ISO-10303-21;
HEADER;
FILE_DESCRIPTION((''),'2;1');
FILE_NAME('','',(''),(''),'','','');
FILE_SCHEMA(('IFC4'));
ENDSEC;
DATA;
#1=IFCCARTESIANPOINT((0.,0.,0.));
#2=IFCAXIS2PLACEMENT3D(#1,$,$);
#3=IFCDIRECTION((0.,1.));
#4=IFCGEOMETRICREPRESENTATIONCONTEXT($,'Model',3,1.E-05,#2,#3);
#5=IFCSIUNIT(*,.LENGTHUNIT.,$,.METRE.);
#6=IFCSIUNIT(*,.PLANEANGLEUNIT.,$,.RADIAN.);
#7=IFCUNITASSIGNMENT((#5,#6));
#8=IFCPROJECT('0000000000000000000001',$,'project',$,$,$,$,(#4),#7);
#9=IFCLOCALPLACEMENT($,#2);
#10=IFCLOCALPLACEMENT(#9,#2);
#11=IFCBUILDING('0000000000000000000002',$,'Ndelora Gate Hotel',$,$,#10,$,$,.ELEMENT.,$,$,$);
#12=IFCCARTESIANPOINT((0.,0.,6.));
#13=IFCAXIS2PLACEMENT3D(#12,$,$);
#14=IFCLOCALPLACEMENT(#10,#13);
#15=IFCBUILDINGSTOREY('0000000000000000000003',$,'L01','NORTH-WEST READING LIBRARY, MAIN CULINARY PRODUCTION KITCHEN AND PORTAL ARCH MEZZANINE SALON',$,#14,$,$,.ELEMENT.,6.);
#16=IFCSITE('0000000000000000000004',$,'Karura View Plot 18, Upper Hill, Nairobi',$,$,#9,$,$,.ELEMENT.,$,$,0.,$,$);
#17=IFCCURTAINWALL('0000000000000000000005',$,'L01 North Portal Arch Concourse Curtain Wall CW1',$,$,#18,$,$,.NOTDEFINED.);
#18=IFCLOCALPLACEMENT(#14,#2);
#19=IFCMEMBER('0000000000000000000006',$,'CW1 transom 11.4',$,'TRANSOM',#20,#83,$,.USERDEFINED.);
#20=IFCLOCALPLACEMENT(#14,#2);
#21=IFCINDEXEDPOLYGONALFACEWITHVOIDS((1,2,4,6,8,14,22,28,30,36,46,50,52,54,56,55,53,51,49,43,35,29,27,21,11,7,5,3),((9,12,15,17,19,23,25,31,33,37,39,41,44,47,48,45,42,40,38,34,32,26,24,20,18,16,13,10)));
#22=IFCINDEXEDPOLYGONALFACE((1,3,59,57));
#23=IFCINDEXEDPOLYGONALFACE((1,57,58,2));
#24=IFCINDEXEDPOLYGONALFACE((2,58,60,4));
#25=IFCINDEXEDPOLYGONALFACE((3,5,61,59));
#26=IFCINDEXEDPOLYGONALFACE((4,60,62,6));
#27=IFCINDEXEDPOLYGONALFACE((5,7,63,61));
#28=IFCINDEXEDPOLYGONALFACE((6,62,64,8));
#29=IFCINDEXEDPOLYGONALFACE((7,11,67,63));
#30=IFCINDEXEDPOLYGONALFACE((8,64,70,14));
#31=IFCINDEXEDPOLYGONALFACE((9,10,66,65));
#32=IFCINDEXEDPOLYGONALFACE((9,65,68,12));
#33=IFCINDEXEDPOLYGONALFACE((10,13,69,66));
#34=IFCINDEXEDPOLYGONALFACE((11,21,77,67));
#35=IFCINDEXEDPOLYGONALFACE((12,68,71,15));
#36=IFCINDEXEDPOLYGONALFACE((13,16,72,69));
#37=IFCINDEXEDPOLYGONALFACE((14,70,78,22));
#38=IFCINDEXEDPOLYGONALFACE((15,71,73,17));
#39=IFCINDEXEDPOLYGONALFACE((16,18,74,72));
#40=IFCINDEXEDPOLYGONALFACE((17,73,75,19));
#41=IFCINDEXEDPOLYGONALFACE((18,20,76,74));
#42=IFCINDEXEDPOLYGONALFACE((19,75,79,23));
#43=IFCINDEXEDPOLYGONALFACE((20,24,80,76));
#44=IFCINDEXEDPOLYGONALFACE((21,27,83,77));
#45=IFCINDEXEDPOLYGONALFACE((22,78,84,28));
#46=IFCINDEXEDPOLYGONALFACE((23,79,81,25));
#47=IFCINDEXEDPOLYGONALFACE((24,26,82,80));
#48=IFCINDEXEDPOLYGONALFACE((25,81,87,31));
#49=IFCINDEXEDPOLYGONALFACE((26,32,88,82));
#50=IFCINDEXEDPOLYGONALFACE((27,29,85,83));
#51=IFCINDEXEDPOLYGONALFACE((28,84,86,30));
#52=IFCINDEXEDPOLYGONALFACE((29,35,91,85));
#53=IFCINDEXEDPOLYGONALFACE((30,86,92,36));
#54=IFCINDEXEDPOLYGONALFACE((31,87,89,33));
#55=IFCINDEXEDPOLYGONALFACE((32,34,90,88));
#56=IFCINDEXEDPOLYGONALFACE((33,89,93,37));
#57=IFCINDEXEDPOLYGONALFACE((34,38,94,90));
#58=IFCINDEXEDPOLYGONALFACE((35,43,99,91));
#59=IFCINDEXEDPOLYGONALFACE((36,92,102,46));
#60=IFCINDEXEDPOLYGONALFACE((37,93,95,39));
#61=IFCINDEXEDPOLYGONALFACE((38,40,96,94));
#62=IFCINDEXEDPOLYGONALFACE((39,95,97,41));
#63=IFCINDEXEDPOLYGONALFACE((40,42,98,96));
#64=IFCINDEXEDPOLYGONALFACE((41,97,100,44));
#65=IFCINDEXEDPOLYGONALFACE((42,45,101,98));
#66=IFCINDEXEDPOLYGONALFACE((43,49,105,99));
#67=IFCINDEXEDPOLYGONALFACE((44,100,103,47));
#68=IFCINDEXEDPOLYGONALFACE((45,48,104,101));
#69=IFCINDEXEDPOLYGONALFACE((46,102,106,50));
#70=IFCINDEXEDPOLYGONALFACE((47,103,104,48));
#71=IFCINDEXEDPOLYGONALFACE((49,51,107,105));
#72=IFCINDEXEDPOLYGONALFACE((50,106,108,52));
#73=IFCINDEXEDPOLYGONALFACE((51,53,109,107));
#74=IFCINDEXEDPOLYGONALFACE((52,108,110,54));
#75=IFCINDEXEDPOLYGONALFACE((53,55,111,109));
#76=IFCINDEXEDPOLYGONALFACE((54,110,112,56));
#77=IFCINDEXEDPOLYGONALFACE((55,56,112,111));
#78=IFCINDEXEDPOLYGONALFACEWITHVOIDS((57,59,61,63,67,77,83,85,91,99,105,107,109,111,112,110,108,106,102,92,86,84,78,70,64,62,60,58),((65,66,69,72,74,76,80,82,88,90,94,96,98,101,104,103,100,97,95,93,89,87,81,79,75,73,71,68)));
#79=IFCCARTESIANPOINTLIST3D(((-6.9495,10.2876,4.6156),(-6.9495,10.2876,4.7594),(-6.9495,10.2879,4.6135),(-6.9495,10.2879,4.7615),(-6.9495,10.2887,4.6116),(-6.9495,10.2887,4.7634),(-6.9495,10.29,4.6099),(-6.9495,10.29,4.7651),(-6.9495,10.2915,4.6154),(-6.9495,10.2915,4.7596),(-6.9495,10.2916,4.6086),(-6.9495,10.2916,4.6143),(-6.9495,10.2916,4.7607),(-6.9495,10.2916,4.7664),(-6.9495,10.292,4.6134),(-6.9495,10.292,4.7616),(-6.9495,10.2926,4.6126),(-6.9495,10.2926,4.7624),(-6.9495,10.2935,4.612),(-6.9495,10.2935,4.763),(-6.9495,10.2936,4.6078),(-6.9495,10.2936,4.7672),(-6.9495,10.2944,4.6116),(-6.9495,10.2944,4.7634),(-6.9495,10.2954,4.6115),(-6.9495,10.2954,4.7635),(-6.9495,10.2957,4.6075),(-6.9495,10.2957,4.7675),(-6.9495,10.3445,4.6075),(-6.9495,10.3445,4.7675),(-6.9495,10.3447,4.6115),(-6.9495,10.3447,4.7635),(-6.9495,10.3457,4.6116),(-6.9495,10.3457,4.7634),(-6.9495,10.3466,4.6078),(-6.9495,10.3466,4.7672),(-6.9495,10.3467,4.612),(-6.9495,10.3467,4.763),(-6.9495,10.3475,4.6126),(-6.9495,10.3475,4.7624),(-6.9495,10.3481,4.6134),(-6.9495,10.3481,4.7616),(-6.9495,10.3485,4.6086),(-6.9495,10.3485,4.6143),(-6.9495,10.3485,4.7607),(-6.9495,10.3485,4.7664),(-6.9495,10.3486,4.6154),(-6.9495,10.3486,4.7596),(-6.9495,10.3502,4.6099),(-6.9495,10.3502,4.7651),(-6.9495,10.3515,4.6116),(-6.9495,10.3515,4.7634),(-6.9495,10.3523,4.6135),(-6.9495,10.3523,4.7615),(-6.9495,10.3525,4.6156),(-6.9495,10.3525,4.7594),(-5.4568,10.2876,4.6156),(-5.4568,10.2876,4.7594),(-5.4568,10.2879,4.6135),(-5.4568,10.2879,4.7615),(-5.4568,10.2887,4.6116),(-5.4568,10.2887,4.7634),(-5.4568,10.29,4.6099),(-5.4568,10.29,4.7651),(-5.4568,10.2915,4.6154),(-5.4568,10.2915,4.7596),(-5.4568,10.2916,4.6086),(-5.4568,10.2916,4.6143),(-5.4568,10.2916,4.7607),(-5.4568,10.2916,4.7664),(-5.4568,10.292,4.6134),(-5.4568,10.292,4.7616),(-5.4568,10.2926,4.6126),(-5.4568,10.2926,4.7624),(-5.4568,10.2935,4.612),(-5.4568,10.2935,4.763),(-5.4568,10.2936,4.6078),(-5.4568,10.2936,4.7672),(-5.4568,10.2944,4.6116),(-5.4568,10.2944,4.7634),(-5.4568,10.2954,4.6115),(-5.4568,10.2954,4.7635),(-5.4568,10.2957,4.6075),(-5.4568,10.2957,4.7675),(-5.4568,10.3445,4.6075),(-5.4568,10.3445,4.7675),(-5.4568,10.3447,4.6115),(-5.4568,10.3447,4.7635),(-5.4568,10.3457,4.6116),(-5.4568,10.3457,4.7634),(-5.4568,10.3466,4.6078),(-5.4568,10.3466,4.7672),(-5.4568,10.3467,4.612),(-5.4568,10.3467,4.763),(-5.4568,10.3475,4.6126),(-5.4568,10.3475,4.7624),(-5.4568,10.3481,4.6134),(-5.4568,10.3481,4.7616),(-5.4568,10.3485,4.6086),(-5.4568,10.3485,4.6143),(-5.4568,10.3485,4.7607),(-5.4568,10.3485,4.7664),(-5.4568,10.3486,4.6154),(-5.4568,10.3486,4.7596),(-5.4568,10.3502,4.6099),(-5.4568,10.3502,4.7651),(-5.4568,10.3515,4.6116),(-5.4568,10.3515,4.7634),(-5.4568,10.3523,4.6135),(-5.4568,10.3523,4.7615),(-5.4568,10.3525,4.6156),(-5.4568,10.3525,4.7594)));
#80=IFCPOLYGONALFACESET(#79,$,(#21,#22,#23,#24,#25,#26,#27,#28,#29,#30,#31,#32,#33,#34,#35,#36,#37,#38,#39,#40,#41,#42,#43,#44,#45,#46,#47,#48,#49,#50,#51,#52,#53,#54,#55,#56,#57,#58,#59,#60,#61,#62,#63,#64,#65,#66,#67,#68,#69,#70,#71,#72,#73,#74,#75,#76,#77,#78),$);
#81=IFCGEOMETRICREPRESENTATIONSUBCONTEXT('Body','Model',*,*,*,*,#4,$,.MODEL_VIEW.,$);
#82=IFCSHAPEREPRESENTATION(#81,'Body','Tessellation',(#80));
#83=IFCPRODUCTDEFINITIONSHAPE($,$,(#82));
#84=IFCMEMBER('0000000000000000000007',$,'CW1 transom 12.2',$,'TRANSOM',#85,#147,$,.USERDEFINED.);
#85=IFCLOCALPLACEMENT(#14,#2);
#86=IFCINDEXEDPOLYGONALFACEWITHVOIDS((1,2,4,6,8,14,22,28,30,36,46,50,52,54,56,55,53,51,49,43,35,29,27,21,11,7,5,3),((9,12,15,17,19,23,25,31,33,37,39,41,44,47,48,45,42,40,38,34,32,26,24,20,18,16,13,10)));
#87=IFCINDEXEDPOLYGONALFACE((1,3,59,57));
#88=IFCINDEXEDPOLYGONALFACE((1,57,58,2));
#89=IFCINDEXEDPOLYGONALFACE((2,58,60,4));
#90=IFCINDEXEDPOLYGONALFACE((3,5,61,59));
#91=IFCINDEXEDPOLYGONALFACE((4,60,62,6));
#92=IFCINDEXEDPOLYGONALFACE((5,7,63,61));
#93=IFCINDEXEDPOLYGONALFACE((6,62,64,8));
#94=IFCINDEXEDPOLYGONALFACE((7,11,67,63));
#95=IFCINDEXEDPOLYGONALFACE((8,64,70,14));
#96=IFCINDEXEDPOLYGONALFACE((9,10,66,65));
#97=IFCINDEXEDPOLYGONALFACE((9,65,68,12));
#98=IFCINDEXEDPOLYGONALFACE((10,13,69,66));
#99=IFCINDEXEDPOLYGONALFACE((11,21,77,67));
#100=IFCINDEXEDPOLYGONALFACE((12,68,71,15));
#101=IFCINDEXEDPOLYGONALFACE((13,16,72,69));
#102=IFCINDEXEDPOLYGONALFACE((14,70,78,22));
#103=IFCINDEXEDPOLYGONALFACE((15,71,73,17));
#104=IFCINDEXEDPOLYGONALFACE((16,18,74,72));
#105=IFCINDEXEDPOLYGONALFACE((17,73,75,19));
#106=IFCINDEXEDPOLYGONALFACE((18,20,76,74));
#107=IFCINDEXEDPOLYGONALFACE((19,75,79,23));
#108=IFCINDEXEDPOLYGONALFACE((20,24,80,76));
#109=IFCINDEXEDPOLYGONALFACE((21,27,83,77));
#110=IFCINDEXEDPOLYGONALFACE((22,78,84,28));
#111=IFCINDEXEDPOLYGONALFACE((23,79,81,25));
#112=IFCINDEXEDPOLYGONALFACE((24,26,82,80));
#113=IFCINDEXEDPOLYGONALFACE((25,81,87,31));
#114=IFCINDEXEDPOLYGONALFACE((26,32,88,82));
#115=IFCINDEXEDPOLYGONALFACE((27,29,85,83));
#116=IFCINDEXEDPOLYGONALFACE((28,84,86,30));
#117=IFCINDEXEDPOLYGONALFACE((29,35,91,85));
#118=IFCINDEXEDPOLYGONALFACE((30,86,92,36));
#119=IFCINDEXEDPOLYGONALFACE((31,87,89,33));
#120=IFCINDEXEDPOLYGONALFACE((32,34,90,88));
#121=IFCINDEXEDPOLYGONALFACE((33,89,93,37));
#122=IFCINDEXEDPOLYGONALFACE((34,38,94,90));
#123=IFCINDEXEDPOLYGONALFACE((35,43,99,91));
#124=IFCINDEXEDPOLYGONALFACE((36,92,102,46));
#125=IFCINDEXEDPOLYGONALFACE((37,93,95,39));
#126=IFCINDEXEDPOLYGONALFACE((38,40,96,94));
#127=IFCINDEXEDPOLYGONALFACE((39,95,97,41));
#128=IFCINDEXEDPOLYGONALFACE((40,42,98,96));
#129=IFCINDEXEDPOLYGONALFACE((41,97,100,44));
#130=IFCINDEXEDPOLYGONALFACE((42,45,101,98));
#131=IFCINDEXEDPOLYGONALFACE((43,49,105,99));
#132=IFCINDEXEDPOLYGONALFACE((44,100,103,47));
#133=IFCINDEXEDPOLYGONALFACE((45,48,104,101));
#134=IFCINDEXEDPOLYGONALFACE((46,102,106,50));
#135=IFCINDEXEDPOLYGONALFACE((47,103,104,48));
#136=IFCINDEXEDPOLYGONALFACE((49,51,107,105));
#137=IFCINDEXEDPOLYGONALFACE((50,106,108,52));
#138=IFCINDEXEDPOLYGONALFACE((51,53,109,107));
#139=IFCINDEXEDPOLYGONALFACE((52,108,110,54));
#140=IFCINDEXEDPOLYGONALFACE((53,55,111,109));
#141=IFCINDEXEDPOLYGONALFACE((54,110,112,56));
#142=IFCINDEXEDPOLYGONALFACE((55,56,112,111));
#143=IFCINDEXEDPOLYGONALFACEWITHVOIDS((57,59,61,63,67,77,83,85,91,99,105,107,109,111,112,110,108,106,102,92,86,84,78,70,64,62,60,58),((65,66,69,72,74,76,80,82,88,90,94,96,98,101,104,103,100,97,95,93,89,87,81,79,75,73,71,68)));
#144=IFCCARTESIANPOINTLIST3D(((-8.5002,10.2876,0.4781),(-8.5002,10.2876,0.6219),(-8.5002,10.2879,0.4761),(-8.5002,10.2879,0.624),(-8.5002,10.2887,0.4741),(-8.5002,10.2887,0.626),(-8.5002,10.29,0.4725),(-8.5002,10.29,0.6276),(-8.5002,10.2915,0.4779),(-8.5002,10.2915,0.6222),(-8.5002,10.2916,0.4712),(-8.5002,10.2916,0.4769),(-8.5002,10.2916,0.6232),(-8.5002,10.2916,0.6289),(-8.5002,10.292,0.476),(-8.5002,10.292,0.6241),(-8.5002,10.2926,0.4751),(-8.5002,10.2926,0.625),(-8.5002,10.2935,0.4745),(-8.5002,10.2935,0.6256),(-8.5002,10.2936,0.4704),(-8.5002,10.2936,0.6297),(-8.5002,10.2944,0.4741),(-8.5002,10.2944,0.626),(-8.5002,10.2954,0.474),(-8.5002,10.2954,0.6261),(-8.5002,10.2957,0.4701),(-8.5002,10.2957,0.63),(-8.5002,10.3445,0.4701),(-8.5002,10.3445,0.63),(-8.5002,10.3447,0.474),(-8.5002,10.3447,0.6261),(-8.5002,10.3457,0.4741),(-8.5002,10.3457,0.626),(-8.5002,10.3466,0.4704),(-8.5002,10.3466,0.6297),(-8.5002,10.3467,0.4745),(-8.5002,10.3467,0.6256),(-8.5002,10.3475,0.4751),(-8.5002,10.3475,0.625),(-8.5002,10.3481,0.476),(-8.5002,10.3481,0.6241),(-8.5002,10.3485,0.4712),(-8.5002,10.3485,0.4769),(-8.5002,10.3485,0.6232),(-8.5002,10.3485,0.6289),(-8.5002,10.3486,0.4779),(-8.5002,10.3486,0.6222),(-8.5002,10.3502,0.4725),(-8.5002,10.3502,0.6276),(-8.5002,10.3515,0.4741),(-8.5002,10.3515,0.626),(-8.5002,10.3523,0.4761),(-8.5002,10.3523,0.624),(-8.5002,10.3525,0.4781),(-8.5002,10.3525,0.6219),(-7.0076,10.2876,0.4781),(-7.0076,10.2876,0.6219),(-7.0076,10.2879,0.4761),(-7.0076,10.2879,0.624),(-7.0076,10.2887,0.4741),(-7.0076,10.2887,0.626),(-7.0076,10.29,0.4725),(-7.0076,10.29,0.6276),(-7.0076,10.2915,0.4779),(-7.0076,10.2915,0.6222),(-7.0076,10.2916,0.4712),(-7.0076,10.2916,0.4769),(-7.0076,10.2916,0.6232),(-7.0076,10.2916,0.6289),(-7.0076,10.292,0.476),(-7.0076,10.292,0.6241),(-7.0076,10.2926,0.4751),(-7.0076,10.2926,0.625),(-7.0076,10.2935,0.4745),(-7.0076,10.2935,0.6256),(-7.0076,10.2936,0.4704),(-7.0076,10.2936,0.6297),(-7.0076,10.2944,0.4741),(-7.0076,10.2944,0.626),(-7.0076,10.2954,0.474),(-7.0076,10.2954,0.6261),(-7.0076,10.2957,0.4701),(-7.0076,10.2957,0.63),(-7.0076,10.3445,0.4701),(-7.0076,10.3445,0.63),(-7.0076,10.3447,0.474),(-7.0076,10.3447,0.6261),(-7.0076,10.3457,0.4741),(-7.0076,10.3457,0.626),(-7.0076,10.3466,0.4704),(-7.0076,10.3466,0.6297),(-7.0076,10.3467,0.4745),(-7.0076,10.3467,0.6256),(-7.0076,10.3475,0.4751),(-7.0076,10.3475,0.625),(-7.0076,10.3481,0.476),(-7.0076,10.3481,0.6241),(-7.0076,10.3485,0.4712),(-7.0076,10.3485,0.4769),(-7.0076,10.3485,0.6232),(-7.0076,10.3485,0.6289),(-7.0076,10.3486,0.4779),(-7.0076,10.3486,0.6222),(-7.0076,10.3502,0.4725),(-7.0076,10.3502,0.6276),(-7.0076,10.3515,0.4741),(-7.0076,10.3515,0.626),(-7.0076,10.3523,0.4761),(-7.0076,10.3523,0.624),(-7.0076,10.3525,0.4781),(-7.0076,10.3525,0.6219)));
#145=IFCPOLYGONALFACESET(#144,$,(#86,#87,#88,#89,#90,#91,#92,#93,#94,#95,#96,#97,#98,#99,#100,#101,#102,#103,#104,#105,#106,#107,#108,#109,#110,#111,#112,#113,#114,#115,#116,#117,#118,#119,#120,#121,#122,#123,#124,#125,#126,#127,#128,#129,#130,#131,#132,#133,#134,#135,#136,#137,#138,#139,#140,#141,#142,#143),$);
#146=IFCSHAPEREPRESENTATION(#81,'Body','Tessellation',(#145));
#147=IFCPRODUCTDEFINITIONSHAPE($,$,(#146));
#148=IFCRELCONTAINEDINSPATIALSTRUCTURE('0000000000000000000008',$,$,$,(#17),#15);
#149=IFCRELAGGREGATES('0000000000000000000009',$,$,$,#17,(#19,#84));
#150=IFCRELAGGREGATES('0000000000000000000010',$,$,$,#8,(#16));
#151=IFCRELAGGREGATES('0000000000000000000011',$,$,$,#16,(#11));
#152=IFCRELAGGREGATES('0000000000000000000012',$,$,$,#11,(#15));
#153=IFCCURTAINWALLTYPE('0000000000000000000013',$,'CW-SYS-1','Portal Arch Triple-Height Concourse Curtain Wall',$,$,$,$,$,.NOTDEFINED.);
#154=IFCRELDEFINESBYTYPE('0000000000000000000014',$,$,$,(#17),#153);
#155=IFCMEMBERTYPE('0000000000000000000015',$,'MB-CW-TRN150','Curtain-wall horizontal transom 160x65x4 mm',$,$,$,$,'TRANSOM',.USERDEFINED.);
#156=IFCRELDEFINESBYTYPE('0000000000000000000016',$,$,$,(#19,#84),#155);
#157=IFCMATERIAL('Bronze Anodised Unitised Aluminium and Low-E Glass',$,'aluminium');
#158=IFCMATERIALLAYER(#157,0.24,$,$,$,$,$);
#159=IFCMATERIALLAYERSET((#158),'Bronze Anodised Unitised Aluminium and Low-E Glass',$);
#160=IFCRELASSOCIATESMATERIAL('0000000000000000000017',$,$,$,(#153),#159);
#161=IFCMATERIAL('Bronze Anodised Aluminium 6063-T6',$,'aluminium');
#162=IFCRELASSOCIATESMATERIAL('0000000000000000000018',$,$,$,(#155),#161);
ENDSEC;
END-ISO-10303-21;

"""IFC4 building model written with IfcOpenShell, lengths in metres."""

from ifc_helpers import new_model, si_unit, direction, frame, origin, origin_2d, place, context, subcontext, project, spatial, hollow_rectangle, extrude, material, layer, layer_set, material_profile, profile_set, type_object, element, aggregate, save


model = new_model("IFC4")

# Units and contexts
model_context = context("Model", 3, precision=1e-05, world=origin(), true_north=direction((0.0, 1.0)))
body_context = subcontext(model_context, "Body", "Model", "MODEL_VIEW")
ifc_project = project(units=[si_unit("LENGTHUNIT", "METRE"), si_unit("PLANEANGLEUNIT", "RADIAN")], contexts=[model_context])

# Site, building, storey
site_placement = place(None, origin())
site = spatial("IfcSite", under=ifc_project, at=site_placement, Name="Karura View Plot 18, Upper Hill, Nairobi", CompositionType="ELEMENT", RefElevation=0.0)
building_placement = place(site_placement, origin())
building = spatial("IfcBuilding", under=site, at=building_placement, Name="Ndelora Gate Hotel", CompositionType="ELEMENT")
storey_placement = place(building_placement, frame((0.0, 0.0, 6.0)))
storey = spatial("IfcBuildingStorey", under=building, at=storey_placement, Name="L01", Description="NORTH-WEST READING LIBRARY, MAIN CULINARY PRODUCTION KITCHEN AND PORTAL ARCH MEZZANINE SALON", CompositionType="ELEMENT", Elevation=6.0)

# Curtain wall, members
ifc_material_1 = material(Name="Bronze Anodised Unitised Aluminium and Low-E Glass", Category="aluminium")
ifc_layer_1 = layer(ifc_material_1, 0.24)
ifc_layer_set_1 = layer_set([ifc_layer_1], Name="Bronze Anodised Unitised Aluminium and Low-E Glass")
curtain_wall_type = type_object("IfcCurtainWallType", Name="CW-SYS-1", Description="Portal Arch Triple-Height Concourse Curtain Wall", PredefinedType="NOTDEFINED", material=ifc_layer_set_1)
curtain_wall_placement = place(storey_placement, origin())
curtain_wall = element("IfcCurtainWall", 1, at=curtain_wall_placement, inside=storey, type_object=curtain_wall_type, Name="L01 North Portal Arch Concourse Curtain Wall CW1", PredefinedType="NOTDEFINED")
ifc_material_2 = material(Name="Bronze Anodised Aluminium 6063-T6", Category="aluminium")
ifc_material_profile_1 = material_profile(ifc_material_2, hollow_rectangle(XDim=0.0649, YDim=0.1599, WallThickness=0.0039, InnerFilletRadius=0.0039, OuterFilletRadius=0.0081, at=origin_2d()), Name="ALU 160x65x4")
ifc_profile_set_1 = profile_set([ifc_material_profile_1], Name="Bronze Anodised Aluminium 6063-T6")
member_type_1 = type_object("IfcMemberType", Name="MB-CW-TRN150", Description="Curtain-wall horizontal transom 160x65x4 mm", ElementType="TRANSOM", PredefinedType="USERDEFINED", material=ifc_profile_set_1)
member_1_placement = place(storey_placement, frame((-5.4568, 10.3201, 4.6875), z_axis=(-1.0, 0.0, 0.0), x_axis=(0.0, -1.0, 0.0)))
member_1 = element("IfcMember", 2, at=member_1_placement, type_object=member_type_1, Name="CW1 transom 11.4", ObjectType="TRANSOM", PredefinedType="USERDEFINED", context=body_context, shape_type="SweptSolid", body=[
    extrude(hollow_rectangle(XDim=0.0649, YDim=0.1599, WallThickness=0.0039, InnerFilletRadius=0.0039, OuterFilletRadius=0.0081, at=origin_2d()), origin(), (0.0, 0.0, 1.0), 1.4927),
])
member_2_placement = place(storey_placement, frame((-7.0076, 10.3201, 0.55), z_axis=(-1.0, 0.0, 0.0), x_axis=(0.0, -1.0, 0.0)))
member_2 = element("IfcMember", 3, at=member_2_placement, type_object=member_type_1, Name="CW1 transom 12.2", ObjectType="TRANSOM", PredefinedType="USERDEFINED", context=body_context, shape_type="SweptSolid", body=[
    extrude(hollow_rectangle(XDim=0.0649, YDim=0.1599, WallThickness=0.0039, InnerFilletRadius=0.0039, OuterFilletRadius=0.0081, at=origin_2d()), origin(), (0.0, 0.0, 1.0), 1.4927),
])
aggregate(curtain_wall, [member_1, member_2])

save(model, "model.ifc")
